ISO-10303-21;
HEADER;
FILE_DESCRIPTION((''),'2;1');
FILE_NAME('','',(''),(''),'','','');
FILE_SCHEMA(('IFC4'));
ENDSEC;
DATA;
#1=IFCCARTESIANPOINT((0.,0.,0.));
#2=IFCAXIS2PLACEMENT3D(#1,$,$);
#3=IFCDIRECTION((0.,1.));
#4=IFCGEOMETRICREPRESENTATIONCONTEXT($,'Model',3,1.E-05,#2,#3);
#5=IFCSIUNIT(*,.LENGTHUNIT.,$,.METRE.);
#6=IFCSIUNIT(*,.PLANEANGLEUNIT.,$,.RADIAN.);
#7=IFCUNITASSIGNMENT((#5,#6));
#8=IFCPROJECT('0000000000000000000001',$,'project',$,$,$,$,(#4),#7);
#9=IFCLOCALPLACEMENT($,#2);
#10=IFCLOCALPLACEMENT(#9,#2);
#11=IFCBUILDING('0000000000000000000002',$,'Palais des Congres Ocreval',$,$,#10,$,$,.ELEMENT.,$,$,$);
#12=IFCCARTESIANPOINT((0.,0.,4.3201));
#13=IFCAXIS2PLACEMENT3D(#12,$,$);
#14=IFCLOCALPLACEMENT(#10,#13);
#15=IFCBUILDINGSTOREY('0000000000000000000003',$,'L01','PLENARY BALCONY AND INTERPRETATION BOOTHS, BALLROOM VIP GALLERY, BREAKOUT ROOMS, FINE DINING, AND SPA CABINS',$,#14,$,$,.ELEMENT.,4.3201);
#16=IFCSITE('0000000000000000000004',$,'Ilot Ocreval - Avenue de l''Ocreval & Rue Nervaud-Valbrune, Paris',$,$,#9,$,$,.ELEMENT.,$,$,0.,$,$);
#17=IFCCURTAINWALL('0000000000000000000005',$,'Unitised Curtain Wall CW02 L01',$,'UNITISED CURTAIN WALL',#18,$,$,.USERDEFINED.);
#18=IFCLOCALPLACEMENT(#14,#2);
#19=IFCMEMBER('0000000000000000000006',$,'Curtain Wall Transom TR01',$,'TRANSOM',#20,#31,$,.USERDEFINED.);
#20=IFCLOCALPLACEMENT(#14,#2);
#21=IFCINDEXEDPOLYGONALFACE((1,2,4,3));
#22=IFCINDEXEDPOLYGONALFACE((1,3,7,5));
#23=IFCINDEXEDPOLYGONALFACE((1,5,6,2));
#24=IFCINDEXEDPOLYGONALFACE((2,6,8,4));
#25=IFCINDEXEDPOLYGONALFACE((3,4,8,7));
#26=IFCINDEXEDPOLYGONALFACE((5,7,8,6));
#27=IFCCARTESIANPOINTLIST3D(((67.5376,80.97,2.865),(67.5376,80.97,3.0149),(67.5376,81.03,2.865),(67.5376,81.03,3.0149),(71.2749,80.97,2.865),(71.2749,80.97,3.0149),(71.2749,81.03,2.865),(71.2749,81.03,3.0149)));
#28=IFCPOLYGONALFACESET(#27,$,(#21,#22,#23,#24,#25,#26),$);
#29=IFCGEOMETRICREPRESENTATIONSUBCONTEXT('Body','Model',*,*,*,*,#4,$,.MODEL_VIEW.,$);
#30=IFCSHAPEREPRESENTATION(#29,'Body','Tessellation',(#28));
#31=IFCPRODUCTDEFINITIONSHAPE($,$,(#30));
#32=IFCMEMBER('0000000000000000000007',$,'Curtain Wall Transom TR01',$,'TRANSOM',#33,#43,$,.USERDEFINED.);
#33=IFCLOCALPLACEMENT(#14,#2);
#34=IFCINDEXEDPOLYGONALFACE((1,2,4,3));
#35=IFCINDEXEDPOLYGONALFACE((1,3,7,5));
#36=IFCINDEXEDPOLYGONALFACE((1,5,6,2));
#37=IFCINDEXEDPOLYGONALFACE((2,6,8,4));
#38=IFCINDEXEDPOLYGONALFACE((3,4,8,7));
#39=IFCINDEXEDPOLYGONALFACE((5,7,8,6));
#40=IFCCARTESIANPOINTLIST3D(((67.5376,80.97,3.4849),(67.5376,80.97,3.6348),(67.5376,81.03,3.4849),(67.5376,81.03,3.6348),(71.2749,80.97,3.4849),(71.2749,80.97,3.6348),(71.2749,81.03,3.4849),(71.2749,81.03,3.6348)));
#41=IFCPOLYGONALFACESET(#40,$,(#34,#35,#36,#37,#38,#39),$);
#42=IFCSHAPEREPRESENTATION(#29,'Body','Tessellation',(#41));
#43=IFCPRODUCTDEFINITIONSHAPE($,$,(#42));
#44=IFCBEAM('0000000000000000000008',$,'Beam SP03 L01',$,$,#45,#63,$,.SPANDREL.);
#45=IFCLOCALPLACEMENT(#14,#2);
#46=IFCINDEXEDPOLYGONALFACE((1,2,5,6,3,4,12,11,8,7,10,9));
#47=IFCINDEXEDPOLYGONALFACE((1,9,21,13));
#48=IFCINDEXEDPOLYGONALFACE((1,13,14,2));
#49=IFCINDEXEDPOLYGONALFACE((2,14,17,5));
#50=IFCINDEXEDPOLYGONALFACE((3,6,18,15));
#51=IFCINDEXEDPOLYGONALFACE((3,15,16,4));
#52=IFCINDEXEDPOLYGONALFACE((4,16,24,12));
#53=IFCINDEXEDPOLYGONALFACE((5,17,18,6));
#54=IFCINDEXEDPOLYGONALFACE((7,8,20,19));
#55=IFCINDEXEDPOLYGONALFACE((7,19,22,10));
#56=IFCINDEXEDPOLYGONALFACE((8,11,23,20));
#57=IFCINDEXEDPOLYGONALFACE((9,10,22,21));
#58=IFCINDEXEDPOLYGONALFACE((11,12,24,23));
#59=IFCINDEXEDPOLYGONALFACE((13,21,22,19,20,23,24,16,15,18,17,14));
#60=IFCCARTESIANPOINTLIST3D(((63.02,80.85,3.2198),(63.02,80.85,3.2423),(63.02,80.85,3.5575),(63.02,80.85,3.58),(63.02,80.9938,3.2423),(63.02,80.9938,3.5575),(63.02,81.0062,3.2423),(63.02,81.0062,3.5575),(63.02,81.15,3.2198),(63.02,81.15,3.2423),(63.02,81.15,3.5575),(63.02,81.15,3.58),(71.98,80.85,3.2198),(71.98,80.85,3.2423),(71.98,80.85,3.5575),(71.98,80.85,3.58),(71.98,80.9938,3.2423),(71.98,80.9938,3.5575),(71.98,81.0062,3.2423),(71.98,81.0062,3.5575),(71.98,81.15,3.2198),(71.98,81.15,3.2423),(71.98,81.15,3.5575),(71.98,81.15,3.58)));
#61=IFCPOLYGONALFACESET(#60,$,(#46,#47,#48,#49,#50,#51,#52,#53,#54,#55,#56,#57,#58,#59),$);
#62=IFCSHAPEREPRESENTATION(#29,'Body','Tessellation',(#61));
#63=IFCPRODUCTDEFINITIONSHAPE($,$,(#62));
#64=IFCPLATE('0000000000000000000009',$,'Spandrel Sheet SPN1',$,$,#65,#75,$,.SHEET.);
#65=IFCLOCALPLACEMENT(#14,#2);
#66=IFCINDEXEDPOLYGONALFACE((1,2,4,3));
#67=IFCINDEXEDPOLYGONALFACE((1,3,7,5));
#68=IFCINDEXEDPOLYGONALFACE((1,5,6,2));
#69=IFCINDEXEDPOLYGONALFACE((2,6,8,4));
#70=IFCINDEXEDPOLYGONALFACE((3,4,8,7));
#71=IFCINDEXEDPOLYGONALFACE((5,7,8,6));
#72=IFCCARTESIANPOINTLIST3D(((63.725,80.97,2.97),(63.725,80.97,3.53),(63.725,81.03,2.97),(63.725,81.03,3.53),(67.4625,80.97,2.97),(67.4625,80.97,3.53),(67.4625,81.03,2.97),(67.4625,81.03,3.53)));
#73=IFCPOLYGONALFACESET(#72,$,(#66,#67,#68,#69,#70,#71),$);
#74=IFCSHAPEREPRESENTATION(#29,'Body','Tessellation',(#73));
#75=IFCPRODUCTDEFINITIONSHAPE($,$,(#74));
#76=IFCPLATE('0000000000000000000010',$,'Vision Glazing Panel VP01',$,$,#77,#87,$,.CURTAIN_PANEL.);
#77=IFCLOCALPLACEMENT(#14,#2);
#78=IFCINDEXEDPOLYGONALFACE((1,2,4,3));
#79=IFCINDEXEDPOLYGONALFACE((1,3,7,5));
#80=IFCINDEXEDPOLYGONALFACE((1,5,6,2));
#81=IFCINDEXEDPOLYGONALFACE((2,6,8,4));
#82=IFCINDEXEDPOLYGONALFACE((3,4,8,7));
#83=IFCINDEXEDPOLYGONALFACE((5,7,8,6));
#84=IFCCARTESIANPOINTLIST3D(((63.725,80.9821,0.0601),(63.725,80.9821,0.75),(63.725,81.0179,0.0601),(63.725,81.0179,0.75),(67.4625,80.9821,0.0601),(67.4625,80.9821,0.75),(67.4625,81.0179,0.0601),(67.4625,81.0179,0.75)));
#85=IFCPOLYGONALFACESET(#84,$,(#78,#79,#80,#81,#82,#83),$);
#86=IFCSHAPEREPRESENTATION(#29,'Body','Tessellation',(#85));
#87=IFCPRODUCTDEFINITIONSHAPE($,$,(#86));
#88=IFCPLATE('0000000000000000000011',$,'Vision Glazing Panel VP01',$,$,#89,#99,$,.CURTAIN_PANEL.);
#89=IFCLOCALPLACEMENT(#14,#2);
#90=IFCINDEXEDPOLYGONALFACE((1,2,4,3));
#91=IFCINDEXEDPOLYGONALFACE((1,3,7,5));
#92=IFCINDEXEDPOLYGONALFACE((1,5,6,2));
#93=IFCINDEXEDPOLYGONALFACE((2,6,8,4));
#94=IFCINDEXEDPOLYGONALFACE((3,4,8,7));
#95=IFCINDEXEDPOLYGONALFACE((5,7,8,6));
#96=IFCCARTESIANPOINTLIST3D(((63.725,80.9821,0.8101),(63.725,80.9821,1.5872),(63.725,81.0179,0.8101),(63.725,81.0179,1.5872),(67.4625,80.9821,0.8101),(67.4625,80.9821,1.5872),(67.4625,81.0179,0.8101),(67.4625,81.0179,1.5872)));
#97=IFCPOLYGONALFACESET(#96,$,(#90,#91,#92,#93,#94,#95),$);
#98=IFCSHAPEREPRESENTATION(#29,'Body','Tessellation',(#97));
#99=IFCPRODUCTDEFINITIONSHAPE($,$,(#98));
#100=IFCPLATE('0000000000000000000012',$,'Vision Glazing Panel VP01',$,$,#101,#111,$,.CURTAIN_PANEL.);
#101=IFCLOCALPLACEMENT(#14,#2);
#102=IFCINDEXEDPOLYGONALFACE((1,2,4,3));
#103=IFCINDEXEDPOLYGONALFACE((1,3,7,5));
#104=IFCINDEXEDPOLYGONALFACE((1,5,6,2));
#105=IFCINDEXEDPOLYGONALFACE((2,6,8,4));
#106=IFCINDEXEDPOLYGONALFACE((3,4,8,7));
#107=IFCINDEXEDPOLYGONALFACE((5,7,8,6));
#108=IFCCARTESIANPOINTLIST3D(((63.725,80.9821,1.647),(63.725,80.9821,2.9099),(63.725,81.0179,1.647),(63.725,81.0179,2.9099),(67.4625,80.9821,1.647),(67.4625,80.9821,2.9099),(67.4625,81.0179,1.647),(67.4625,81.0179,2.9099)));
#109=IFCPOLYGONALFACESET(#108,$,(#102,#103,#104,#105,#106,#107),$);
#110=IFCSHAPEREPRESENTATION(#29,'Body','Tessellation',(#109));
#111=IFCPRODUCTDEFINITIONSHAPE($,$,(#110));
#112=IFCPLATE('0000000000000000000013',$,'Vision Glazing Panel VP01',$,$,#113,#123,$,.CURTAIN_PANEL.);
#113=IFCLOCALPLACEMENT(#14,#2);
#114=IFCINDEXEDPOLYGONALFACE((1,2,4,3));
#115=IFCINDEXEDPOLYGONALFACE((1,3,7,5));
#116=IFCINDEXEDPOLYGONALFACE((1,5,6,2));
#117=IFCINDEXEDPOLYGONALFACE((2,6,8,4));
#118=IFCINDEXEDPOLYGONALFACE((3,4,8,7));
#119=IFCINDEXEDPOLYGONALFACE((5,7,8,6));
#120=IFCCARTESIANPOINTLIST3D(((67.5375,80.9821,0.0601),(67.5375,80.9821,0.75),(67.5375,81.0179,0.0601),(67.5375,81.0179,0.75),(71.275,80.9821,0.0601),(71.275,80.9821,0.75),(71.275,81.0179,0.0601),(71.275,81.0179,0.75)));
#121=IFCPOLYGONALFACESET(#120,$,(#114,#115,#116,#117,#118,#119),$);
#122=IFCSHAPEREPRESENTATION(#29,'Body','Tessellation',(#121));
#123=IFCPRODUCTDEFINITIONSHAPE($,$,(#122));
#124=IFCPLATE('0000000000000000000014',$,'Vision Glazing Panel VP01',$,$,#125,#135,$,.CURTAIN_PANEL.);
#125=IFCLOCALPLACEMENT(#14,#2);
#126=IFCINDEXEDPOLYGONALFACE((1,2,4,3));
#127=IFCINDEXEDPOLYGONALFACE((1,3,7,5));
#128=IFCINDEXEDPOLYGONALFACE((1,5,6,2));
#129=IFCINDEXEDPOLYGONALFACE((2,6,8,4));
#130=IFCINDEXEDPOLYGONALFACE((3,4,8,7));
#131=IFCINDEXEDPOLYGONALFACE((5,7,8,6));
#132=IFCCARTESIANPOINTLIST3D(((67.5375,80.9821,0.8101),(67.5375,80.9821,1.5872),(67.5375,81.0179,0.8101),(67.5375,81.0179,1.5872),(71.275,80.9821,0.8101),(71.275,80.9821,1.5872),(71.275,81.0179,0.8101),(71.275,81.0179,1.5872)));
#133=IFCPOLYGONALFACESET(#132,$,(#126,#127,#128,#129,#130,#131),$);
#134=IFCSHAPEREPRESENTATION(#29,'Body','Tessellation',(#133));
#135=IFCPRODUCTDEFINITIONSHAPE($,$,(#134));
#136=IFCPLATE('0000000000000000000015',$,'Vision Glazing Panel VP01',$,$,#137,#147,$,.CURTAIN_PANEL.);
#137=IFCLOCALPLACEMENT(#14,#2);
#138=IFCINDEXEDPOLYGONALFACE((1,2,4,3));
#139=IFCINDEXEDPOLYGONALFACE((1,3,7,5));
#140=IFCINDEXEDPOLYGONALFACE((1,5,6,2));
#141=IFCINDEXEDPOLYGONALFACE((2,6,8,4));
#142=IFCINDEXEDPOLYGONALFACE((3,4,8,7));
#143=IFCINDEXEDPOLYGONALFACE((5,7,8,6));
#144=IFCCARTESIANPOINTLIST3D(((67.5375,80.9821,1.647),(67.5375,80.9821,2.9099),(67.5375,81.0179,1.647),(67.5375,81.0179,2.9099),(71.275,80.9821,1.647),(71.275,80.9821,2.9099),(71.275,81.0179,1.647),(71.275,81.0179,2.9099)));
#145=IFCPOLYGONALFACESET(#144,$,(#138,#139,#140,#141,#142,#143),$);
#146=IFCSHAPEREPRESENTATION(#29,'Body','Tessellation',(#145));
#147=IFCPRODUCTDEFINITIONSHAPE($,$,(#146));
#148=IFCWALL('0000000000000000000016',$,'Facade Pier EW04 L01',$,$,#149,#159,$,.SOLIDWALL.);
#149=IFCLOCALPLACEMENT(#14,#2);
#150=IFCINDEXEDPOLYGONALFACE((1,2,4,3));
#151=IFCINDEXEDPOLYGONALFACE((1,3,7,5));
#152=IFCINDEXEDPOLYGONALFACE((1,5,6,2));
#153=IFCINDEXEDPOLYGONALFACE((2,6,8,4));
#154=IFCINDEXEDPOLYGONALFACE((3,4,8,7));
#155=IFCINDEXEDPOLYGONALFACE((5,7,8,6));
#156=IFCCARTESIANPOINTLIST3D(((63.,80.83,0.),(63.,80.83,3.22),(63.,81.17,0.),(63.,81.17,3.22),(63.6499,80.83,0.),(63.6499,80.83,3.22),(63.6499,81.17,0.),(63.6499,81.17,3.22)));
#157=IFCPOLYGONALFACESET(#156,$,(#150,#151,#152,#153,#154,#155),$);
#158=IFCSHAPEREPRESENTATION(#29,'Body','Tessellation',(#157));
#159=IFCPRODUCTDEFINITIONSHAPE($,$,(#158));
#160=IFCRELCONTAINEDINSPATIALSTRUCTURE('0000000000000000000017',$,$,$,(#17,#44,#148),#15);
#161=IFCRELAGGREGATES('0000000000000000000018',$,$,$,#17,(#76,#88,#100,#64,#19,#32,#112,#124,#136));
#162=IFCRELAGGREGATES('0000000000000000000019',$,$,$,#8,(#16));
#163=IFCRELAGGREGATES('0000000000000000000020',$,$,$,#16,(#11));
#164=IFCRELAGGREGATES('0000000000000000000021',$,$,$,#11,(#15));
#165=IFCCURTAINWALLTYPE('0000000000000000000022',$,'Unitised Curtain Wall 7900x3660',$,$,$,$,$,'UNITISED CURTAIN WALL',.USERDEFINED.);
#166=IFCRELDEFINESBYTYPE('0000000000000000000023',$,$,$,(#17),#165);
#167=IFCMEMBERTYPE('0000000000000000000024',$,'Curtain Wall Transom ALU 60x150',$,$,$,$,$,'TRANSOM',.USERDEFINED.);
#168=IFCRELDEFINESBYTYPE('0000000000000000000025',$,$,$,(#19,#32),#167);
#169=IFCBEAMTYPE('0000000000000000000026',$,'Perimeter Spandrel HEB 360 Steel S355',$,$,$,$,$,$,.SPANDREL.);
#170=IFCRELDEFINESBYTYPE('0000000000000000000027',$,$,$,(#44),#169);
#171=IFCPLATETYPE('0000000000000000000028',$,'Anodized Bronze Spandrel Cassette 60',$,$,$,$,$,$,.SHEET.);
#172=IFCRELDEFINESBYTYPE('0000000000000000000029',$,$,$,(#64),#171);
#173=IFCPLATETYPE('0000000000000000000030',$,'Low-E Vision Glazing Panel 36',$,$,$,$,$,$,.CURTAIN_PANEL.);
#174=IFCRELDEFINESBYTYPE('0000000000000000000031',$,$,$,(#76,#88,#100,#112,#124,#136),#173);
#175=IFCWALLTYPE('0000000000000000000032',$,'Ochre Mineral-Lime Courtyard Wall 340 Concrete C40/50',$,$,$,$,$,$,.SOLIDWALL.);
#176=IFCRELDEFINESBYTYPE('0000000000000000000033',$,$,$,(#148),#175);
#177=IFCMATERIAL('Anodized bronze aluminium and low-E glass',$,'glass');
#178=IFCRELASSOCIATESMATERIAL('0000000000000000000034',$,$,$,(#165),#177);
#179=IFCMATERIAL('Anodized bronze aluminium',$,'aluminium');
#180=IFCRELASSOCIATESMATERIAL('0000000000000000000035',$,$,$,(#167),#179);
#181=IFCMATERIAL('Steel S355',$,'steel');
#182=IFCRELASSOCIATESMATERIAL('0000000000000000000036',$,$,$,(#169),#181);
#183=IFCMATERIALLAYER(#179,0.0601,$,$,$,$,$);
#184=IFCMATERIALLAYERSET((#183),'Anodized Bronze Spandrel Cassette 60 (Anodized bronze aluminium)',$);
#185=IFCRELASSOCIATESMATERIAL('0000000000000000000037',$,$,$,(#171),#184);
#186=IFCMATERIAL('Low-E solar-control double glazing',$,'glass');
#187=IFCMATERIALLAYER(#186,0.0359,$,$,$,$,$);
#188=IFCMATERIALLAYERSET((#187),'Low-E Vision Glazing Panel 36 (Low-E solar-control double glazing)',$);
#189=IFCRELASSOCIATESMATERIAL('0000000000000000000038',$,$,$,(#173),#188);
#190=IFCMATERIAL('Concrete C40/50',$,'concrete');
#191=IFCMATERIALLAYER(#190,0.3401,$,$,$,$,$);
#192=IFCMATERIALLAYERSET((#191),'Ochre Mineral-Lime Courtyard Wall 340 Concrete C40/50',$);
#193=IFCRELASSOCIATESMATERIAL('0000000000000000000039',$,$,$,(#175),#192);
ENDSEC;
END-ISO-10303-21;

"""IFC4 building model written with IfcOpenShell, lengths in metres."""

from ifc_helpers import new_model, si_unit, direction, frame, frame_2d, origin, origin_2d, place, context, subcontext, project, spatial, rectangle, i_section, extrude, material, layer, layer_set, material_profile, profile_set, type_object, element, aggregate, save


model = new_model("IFC4")

# Units and contexts
model_context = context("Model", 3, precision=1e-05, world=origin(), true_north=direction((0.0, 1.0)))
body_context = subcontext(model_context, "Body", "Model", "MODEL_VIEW")
ifc_project = project(units=[si_unit("LENGTHUNIT", "METRE"), si_unit("PLANEANGLEUNIT", "RADIAN")], contexts=[model_context])

# Site, building, storey
site_placement = place(None, origin())
site = spatial("IfcSite", under=ifc_project, at=site_placement, Name="Ilot Ocreval - Avenue de l'Ocreval & Rue Nervaud-Valbrune, Paris", CompositionType="ELEMENT", RefElevation=0.0)
building_placement = place(site_placement, origin())
building = spatial("IfcBuilding", under=site, at=building_placement, Name="Palais des Congres Ocreval", CompositionType="ELEMENT")
storey_placement = place(building_placement, frame((0.0, 0.0, 4.3201)))
storey = spatial("IfcBuildingStorey", under=building, at=storey_placement, Name="L01", Description="PLENARY BALCONY AND INTERPRETATION BOOTHS, BALLROOM VIP GALLERY, BREAKOUT ROOMS, FINE DINING, AND SPA CABINS", CompositionType="ELEMENT", Elevation=4.3201)

# Shared definitions
ifc_material_1 = material(Name="Steel S355", Category="steel")

# Curtain wall, members
ifc_material_2 = material(Name="Anodized bronze aluminium and low-E glass", Category="glass")
curtain_wall_type = type_object("IfcCurtainWallType", Name="Unitised Curtain Wall 7900x3660", ElementType="UNITISED CURTAIN WALL", PredefinedType="USERDEFINED", material=ifc_material_2)
curtain_wall_placement = place(storey_placement, origin())
curtain_wall = element("IfcCurtainWall", 1, at=curtain_wall_placement, inside=storey, type_object=curtain_wall_type, Name="Unitised Curtain Wall CW02 L01", ObjectType="UNITISED CURTAIN WALL", PredefinedType="USERDEFINED")
ifc_material_3 = material(Name="Anodized bronze aluminium", Category="aluminium")
ifc_material_profile_1 = material_profile(ifc_material_3, rectangle(XDim=0.0601, YDim=0.1499, at=origin_2d()), Name="ALU 60x150")
ifc_profile_set_1 = profile_set([ifc_material_profile_1], Name="Anodized bronze aluminium")
member_type_1 = type_object("IfcMemberType", Name="Curtain Wall Transom ALU 60x150", ElementType="TRANSOM", PredefinedType="USERDEFINED", material=ifc_profile_set_1)
member_1_placement = place(storey_placement, frame((67.5376, 81.0, 2.9399), z_axis=(1.0, 0.0, 0.0), x_axis=(0.0, 1.0, 0.0)))
member_1 = element("IfcMember", 2, at=member_1_placement, type_object=member_type_1, Name="Curtain Wall Transom TR01", ObjectType="TRANSOM", PredefinedType="USERDEFINED", context=body_context, shape_type="SweptSolid", body=[
    extrude(rectangle(XDim=0.0601, YDim=0.1499, at=origin_2d()), origin(), (0.0, 0.0, 1.0), 3.7373),
])
member_2_placement = place(storey_placement, frame((67.5376, 81.0, 3.5598), z_axis=(1.0, 0.0, 0.0), x_axis=(0.0, 1.0, 0.0)))
member_2 = element("IfcMember", 3, at=member_2_placement, type_object=member_type_1, Name="Curtain Wall Transom TR01", ObjectType="TRANSOM", PredefinedType="USERDEFINED", context=body_context, shape_type="SweptSolid", body=[
    extrude(rectangle(XDim=0.0601, YDim=0.1499, at=origin_2d()), origin(), (0.0, 0.0, 1.0), 3.7373),
])

# Beam
ifc_material_profile_2 = material_profile(ifc_material_1, i_section(OverallWidth=0.3, OverallDepth=0.3601, WebThickness=0.0125, FlangeThickness=0.0225, at=origin_2d()), Name="HEB 360")
ifc_profile_set_2 = profile_set([ifc_material_profile_2], Name="Steel S355")
beam_type = type_object("IfcBeamType", Name="Perimeter Spandrel HEB 360 Steel S355", PredefinedType="SPANDREL", material=ifc_profile_set_2)
beam_placement = place(storey_placement, frame((63.02, 81.0, 3.3999), z_axis=(1.0, 0.0, 0.0), x_axis=(0.0, 1.0, 0.0)))
element("IfcBeam", 4, at=beam_placement, inside=storey, type_object=beam_type, Name="Beam SP03 L01", PredefinedType="SPANDREL", context=body_context, shape_type="SweptSolid", body=[
    extrude(i_section(OverallWidth=0.3, OverallDepth=0.3601, WebThickness=0.0125, FlangeThickness=0.0225, at=origin_2d()), origin(), (0.0, 0.0, 1.0), 8.96),
])

# Plates
ifc_layer_1 = layer(ifc_material_3, 0.0601)
ifc_layer_set_1 = layer_set([ifc_layer_1], Name="Anodized Bronze Spandrel Cassette 60 (Anodized bronze aluminium)")
plate_type_1 = type_object("IfcPlateType", Name="Anodized Bronze Spandrel Cassette 60", PredefinedType="SHEET", material=ifc_layer_set_1)
plate_1_placement = place(storey_placement, frame((65.5938, 81.0, 2.97), z_axis=(0.0, 0.0, 1.0), x_axis=(1.0, 0.0, 0.0)))
plate_1 = element("IfcPlate", 5, at=plate_1_placement, type_object=plate_type_1, Name="Spandrel Sheet SPN1", PredefinedType="SHEET", context=body_context, shape_type="SweptSolid", body=[
    extrude(rectangle(XDim=3.7375, YDim=0.0601, at=origin_2d()), origin(), (0.0, 0.0, 1.0), 0.5601),
])
ifc_material_4 = material(Name="Low-E solar-control double glazing", Category="glass")
ifc_layer_2 = layer(ifc_material_4, 0.0359)
ifc_layer_set_2 = layer_set([ifc_layer_2], Name="Low-E Vision Glazing Panel 36 (Low-E solar-control double glazing)")
plate_type_2 = type_object("IfcPlateType", Name="Low-E Vision Glazing Panel 36", PredefinedType="CURTAIN_PANEL", material=ifc_layer_set_2)
plate_2_placement = place(storey_placement, frame((65.5938, 81.0, 0.0601), z_axis=(0.0, 0.0, 1.0), x_axis=(1.0, 0.0, 0.0)))
plate_2 = element("IfcPlate", 6, at=plate_2_placement, type_object=plate_type_2, Name="Vision Glazing Panel VP01", PredefinedType="CURTAIN_PANEL", context=body_context, shape_type="SweptSolid", body=[
    extrude(rectangle(XDim=3.7375, YDim=0.0359, at=origin_2d()), origin(), (0.0, 0.0, 1.0), 0.6899),
])
plate_3_placement = place(storey_placement, frame((65.5938, 81.0, 0.8101), z_axis=(0.0, 0.0, 1.0), x_axis=(1.0, 0.0, 0.0)))
plate_3 = element("IfcPlate", 7, at=plate_3_placement, type_object=plate_type_2, Name="Vision Glazing Panel VP01", PredefinedType="CURTAIN_PANEL", context=body_context, shape_type="SweptSolid", body=[
    extrude(rectangle(XDim=3.7375, YDim=0.0359, at=origin_2d()), origin(), (0.0, 0.0, 1.0), 0.7771),
])
plate_4_placement = place(storey_placement, frame((65.5938, 81.0, 1.647), z_axis=(0.0, 0.0, 1.0), x_axis=(1.0, 0.0, 0.0)))
plate_4 = element("IfcPlate", 8, at=plate_4_placement, type_object=plate_type_2, Name="Vision Glazing Panel VP01", PredefinedType="CURTAIN_PANEL", context=body_context, shape_type="SweptSolid", body=[
    extrude(rectangle(XDim=3.7375, YDim=0.0359, at=origin_2d()), origin(), (0.0, 0.0, 1.0), 1.2629),
])
plate_5_placement = place(storey_placement, frame((69.4062, 81.0, 0.0601), z_axis=(0.0, 0.0, 1.0), x_axis=(1.0, 0.0, 0.0)))
plate_5 = element("IfcPlate", 9, at=plate_5_placement, type_object=plate_type_2, Name="Vision Glazing Panel VP01", PredefinedType="CURTAIN_PANEL", context=body_context, shape_type="SweptSolid", body=[
    extrude(rectangle(XDim=3.7375, YDim=0.0359, at=origin_2d()), origin(), (0.0, 0.0, 1.0), 0.6899),
])
plate_6_placement = place(storey_placement, frame((69.4062, 81.0, 0.8101), z_axis=(0.0, 0.0, 1.0), x_axis=(1.0, 0.0, 0.0)))
plate_6 = element("IfcPlate", 10, at=plate_6_placement, type_object=plate_type_2, Name="Vision Glazing Panel VP01", PredefinedType="CURTAIN_PANEL", context=body_context, shape_type="SweptSolid", body=[
    extrude(rectangle(XDim=3.7375, YDim=0.0359, at=origin_2d()), origin(), (0.0, 0.0, 1.0), 0.7771),
])
plate_7_placement = place(storey_placement, frame((69.4062, 81.0, 1.647), z_axis=(0.0, 0.0, 1.0), x_axis=(1.0, 0.0, 0.0)))
plate_7 = element("IfcPlate", 11, at=plate_7_placement, type_object=plate_type_2, Name="Vision Glazing Panel VP01", PredefinedType="CURTAIN_PANEL", context=body_context, shape_type="SweptSolid", body=[
    extrude(rectangle(XDim=3.7375, YDim=0.0359, at=origin_2d()), origin(), (0.0, 0.0, 1.0), 1.2629),
])
aggregate(curtain_wall, [plate_2, plate_3, plate_4, plate_1, member_1, member_2, plate_5, plate_6, plate_7])

# Wall
ifc_material_5 = material(Name="Concrete C40/50", Category="concrete")
ifc_layer_3 = layer(ifc_material_5, 0.3401)
ifc_layer_set_3 = layer_set([ifc_layer_3], Name="Ochre Mineral-Lime Courtyard Wall 340 Concrete C40/50")
wall_type = type_object("IfcWallType", Name="Ochre Mineral-Lime Courtyard Wall 340 Concrete C40/50", PredefinedType="SOLIDWALL", material=ifc_layer_set_3)
wall_placement = place(storey_placement, frame((63.0, 81.0, 0.0), z_axis=(0.0, 0.0, 1.0), x_axis=(1.0, 0.0, 0.0)))
element("IfcWall", 12, at=wall_placement, inside=storey, type_object=wall_type, Name="Facade Pier EW04 L01", PredefinedType="SOLIDWALL", context=body_context, shape_type="SweptSolid", body=[
    extrude(rectangle(XDim=0.6499, YDim=0.3401, at=frame_2d((0.325, 0.0))), origin(), (0.0, 0.0, 1.0), 3.22),
])

save(model, "model.ifc")
